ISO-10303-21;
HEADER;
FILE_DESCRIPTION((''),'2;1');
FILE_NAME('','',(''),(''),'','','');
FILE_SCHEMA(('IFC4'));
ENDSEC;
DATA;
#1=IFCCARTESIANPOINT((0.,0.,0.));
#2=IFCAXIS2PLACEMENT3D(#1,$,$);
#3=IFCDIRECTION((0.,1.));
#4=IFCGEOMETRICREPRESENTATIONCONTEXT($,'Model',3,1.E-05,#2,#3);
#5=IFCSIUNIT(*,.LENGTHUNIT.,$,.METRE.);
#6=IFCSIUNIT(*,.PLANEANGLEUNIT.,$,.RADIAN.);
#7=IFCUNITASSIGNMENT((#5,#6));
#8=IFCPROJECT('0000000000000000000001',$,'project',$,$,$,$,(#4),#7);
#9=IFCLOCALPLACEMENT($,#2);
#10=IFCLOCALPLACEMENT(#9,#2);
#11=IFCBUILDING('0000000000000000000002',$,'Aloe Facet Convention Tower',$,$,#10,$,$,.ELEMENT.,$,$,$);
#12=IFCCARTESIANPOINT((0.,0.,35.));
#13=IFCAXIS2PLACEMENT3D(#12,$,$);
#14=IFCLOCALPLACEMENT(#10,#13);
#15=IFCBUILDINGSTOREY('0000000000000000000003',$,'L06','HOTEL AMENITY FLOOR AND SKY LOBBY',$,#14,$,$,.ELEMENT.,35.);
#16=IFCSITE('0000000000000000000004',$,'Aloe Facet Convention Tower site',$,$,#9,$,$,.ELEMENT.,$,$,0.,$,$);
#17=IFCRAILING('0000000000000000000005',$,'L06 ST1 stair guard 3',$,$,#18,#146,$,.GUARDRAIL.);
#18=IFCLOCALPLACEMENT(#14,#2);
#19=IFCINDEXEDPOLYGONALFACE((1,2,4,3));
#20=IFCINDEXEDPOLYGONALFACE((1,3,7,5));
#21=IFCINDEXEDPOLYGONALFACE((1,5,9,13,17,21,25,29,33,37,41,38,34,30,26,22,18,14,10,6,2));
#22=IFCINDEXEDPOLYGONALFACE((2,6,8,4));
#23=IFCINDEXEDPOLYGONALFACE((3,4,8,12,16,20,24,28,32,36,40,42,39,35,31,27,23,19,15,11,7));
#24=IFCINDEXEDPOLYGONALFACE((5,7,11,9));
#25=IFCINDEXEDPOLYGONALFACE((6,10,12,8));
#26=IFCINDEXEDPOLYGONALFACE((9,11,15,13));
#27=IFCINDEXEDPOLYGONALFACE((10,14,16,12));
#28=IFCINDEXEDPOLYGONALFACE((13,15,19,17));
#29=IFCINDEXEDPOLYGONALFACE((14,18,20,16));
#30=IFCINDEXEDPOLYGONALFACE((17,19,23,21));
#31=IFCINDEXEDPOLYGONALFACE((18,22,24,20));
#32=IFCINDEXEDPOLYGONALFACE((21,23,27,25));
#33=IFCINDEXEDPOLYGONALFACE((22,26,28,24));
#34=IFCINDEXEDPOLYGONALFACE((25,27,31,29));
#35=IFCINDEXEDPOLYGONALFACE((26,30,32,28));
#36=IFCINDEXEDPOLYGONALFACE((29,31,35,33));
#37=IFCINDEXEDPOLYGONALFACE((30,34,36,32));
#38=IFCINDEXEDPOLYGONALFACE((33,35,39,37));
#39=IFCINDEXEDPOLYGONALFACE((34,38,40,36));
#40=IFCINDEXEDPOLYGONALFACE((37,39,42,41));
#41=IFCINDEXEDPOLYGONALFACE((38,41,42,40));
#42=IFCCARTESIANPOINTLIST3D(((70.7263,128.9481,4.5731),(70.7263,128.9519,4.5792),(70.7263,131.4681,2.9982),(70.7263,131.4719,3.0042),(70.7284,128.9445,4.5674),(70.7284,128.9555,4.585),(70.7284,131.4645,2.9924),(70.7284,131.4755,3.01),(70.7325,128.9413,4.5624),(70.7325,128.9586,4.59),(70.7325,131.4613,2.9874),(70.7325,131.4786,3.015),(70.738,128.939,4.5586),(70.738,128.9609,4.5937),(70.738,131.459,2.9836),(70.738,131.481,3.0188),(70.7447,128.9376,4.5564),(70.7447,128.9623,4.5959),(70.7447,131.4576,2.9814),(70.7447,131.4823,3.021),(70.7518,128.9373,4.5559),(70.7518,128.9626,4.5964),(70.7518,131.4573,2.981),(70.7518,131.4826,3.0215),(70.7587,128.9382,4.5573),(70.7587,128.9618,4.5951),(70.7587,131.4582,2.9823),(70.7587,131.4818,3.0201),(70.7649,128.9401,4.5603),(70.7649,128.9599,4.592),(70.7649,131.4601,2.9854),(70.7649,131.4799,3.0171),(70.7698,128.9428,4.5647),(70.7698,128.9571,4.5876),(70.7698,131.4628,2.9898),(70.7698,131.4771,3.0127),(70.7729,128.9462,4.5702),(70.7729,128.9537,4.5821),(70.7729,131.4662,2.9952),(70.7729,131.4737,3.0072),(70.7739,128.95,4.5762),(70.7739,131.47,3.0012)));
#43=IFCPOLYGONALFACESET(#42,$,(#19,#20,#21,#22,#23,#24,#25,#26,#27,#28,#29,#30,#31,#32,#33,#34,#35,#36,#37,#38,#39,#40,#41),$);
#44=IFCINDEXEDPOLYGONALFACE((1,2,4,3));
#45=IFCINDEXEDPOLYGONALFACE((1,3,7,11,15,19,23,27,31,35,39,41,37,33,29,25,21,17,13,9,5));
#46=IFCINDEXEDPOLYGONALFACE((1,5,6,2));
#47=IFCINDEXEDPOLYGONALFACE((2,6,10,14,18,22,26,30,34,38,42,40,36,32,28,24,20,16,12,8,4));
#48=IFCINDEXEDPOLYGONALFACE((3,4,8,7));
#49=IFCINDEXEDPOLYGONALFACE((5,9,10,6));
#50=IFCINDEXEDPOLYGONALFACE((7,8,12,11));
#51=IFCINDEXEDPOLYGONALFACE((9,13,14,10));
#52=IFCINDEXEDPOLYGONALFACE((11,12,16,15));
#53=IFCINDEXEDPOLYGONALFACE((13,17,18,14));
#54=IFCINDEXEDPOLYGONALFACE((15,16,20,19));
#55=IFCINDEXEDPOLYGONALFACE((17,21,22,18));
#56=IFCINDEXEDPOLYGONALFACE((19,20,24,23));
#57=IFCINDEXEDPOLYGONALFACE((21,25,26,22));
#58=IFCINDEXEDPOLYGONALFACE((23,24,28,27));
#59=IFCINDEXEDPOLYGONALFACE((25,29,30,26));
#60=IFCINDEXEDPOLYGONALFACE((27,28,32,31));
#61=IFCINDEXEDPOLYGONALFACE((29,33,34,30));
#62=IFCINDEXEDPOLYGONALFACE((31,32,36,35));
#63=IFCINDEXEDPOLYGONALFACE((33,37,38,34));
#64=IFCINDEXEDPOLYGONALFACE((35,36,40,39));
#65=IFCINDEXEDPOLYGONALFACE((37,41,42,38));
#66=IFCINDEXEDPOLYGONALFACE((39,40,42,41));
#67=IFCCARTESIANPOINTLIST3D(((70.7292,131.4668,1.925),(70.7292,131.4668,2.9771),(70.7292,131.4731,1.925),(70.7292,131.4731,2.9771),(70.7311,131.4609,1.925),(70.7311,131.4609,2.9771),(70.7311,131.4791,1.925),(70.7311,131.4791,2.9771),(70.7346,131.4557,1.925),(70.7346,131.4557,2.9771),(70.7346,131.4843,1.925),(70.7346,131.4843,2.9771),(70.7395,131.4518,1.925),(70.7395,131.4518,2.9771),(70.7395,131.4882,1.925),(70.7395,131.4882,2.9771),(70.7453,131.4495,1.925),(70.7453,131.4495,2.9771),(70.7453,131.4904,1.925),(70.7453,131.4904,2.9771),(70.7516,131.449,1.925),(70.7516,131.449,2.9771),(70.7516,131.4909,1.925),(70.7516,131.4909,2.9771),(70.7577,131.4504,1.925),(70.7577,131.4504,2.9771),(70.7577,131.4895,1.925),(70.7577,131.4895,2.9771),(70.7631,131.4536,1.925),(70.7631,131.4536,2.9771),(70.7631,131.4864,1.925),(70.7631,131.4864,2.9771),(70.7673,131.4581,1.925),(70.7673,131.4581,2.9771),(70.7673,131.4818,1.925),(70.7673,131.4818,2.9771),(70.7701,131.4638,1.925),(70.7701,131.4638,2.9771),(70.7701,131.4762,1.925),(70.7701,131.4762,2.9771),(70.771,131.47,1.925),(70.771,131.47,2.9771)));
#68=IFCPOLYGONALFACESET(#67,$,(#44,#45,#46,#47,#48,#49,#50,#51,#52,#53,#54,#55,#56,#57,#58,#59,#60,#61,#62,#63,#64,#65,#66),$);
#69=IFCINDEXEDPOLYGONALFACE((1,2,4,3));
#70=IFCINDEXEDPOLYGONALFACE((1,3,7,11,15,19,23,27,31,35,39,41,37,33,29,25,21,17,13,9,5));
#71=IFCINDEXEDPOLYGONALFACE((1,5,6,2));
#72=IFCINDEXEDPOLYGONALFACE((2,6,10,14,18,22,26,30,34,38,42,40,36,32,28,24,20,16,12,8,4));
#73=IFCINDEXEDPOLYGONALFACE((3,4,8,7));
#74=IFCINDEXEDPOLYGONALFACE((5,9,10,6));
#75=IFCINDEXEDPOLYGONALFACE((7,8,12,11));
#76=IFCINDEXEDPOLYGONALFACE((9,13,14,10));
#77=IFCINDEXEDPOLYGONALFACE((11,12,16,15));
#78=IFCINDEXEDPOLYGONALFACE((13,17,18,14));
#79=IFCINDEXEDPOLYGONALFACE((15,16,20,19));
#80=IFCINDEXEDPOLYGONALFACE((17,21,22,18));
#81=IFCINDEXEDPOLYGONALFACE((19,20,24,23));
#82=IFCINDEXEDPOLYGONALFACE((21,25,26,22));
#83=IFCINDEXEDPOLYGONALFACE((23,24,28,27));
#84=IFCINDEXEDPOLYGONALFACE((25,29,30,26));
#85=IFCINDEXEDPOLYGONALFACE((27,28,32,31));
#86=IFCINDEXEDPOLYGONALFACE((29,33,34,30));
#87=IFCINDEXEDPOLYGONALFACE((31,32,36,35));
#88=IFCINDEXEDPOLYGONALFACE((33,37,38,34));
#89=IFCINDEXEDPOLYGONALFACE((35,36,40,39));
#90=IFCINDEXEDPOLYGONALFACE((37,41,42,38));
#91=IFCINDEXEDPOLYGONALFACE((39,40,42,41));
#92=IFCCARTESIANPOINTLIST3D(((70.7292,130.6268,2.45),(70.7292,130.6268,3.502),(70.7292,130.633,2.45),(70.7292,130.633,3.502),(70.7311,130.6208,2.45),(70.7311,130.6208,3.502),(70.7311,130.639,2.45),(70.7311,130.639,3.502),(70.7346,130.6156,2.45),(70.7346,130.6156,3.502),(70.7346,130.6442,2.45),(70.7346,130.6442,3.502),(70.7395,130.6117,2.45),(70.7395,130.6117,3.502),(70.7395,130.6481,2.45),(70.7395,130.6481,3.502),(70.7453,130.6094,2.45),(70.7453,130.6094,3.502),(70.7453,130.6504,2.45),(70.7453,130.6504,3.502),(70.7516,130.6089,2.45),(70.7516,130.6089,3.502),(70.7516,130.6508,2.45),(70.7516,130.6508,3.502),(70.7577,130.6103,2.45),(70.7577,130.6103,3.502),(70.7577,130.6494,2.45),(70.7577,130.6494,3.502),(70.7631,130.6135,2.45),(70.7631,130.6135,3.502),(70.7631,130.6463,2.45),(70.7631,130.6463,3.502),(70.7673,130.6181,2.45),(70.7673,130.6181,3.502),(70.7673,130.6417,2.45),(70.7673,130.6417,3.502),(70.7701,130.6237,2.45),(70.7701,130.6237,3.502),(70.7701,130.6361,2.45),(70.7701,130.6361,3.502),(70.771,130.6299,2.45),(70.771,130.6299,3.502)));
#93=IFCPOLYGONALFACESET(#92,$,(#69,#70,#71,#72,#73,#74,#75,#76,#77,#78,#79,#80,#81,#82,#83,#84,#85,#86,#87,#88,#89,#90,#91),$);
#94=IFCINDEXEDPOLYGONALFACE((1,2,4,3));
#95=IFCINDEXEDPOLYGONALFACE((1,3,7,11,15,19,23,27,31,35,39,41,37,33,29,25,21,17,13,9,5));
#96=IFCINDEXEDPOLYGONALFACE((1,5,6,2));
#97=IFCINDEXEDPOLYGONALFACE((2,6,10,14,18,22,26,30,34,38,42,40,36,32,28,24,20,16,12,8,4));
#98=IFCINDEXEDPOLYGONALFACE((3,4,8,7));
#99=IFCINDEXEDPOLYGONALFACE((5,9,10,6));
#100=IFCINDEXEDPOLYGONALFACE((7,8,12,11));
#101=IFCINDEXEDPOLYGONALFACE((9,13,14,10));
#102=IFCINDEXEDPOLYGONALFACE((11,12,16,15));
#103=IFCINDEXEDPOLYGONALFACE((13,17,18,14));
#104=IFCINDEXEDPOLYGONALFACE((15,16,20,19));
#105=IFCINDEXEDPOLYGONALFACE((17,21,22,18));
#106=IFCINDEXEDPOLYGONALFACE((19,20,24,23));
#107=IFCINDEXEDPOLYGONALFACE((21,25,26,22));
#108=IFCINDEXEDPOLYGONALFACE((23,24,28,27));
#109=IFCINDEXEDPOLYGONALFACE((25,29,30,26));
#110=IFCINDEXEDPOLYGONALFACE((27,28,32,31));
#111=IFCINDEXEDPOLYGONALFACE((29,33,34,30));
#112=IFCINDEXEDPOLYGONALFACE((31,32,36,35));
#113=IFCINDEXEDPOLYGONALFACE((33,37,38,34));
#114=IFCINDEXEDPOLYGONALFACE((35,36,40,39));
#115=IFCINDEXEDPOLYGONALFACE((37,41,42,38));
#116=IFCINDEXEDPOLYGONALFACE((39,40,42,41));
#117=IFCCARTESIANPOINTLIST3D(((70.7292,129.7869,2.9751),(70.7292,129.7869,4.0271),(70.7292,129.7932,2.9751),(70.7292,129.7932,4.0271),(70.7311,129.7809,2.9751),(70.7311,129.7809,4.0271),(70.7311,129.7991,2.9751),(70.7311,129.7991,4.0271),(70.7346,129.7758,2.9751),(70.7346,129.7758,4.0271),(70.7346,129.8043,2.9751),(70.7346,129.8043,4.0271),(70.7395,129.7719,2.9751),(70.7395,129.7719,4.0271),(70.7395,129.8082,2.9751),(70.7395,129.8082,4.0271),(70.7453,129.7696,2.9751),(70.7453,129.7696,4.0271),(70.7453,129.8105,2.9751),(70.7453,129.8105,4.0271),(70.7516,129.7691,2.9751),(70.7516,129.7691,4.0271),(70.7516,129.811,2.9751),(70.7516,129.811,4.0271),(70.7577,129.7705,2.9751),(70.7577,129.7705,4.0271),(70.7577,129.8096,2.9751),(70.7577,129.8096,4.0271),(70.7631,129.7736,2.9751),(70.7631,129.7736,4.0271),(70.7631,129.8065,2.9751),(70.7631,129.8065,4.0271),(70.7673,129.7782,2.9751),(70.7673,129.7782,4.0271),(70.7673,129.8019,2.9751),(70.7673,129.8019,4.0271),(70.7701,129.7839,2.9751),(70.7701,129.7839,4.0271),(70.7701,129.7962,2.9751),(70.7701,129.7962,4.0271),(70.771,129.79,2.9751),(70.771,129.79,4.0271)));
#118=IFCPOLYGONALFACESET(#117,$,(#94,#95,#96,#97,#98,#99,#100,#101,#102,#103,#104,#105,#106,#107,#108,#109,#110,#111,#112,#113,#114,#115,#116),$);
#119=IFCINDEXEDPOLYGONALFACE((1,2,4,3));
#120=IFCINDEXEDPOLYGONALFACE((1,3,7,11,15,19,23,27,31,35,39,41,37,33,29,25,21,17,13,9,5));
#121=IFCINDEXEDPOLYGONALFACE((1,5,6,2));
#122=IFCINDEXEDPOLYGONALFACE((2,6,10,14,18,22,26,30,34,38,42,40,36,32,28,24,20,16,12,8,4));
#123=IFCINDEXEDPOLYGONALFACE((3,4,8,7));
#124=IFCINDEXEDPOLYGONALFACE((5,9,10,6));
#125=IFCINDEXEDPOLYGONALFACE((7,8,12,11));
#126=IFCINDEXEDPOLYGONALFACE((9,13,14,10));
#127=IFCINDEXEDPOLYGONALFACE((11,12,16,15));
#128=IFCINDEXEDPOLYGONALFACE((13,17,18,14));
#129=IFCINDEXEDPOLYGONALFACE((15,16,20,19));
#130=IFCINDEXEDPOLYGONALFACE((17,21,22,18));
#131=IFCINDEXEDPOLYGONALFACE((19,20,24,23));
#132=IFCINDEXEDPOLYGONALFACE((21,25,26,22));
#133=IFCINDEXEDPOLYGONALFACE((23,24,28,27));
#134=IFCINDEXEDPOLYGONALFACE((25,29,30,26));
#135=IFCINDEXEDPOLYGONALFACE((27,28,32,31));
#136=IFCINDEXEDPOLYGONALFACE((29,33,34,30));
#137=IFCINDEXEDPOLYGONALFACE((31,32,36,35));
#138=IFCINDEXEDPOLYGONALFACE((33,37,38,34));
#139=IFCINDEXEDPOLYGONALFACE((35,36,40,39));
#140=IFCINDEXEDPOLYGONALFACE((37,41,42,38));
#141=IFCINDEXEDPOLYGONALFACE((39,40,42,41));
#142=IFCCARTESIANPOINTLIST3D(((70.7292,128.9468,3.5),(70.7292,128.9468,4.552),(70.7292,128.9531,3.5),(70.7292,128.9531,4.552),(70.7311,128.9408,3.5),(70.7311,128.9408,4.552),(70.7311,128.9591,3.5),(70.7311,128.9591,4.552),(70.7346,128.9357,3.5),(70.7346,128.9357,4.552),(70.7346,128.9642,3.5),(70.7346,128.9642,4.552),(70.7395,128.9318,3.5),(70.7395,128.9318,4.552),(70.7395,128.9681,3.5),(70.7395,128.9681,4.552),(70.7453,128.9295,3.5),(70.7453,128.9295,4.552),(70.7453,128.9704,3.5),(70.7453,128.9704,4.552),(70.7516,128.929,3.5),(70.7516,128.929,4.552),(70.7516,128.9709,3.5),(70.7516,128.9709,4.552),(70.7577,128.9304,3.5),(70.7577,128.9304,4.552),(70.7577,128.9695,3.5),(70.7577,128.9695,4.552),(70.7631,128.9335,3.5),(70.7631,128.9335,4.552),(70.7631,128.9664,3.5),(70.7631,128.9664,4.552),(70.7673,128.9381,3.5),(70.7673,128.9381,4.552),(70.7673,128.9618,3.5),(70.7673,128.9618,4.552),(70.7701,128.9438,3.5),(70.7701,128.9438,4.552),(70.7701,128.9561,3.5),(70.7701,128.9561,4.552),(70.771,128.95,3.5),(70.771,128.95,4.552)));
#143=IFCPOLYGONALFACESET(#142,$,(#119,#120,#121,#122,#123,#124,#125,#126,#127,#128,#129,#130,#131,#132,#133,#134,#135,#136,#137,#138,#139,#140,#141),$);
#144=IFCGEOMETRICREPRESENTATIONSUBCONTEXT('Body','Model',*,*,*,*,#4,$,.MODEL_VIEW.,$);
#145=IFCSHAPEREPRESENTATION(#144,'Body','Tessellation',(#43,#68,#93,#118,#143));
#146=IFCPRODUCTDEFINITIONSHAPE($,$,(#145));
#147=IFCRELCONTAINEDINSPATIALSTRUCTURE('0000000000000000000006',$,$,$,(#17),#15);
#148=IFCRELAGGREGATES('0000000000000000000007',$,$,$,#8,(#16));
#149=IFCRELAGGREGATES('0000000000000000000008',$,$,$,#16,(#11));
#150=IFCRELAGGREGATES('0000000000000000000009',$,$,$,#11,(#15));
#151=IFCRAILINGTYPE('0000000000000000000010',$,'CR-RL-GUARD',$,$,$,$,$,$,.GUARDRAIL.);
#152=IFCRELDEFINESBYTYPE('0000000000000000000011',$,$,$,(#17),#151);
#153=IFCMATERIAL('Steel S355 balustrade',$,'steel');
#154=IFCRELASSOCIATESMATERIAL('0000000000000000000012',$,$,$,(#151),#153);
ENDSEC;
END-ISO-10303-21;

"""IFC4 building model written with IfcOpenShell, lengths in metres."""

from ifc_helpers import new_model, si_unit, direction, frame, origin, origin_2d, place, context, subcontext, project, spatial, circle, extrude, material, type_object, element, save


model = new_model("IFC4")

# Units and contexts
model_context = context("Model", 3, precision=1e-05, world=origin(), true_north=direction((0.0, 1.0)))
body_context = subcontext(model_context, "Body", "Model", "MODEL_VIEW")
ifc_project = project(units=[si_unit("LENGTHUNIT", "METRE"), si_unit("PLANEANGLEUNIT", "RADIAN")], contexts=[model_context])

# Site, building, storey
site_placement = place(None, origin())
site = spatial("IfcSite", under=ifc_project, at=site_placement, Name="Aloe Facet Convention Tower site", CompositionType="ELEMENT", RefElevation=0.0)
building_placement = place(site_placement, origin())
building = spatial("IfcBuilding", under=site, at=building_placement, Name="Aloe Facet Convention Tower", CompositionType="ELEMENT")
storey_placement = place(building_placement, frame((0.0, 0.0, 35.0)))
storey = spatial("IfcBuildingStorey", under=building, at=storey_placement, Name="L06", Description="HOTEL AMENITY FLOOR AND SKY LOBBY", CompositionType="ELEMENT", Elevation=35.0)

# Railing
ifc_material_1 = material(Name="Steel S355 balustrade", Category="steel")
railing_type_1 = type_object("IfcRailingType", Name="CR-RL-GUARD", PredefinedType="GUARDRAIL", material=ifc_material_1)
railing_1_placement = place(storey_placement, frame((70.75, 131.47, 1.925)))
element("IfcRailing", 1, at=railing_1_placement, inside=storey, type_object=railing_type_1, Name="L06 ST1 stair guard 3", PredefinedType="GUARDRAIL", context=body_context, shape_type="SweptSolid", body=[
    extrude(circle(Radius=0.0239, at=origin_2d()), frame((0.0, 0.0, 1.0762), z_axis=(0.0, -0.848008, 0.529984), x_axis=(1.0, 0.0, 0.0)), (0.0, 0.0, 1.0), 2.9717),
    extrude(circle(Radius=0.021, at=origin_2d()), origin(), (0.0, 0.0, 1.0), 1.052),
    extrude(circle(Radius=0.021, at=origin_2d()), frame((0.0, -0.8401, 0.5249)), (0.0, 0.0, 1.0), 1.052),
    extrude(circle(Radius=0.021, at=origin_2d()), frame((0.0, -1.6799, 1.05)), (0.0, 0.0, 1.0), 1.052),
    extrude(circle(Radius=0.021, at=origin_2d()), frame((0.0, -2.52, 1.575)), (0.0, 0.0, 1.0), 1.052),
])

save(model, "model.ifc")
